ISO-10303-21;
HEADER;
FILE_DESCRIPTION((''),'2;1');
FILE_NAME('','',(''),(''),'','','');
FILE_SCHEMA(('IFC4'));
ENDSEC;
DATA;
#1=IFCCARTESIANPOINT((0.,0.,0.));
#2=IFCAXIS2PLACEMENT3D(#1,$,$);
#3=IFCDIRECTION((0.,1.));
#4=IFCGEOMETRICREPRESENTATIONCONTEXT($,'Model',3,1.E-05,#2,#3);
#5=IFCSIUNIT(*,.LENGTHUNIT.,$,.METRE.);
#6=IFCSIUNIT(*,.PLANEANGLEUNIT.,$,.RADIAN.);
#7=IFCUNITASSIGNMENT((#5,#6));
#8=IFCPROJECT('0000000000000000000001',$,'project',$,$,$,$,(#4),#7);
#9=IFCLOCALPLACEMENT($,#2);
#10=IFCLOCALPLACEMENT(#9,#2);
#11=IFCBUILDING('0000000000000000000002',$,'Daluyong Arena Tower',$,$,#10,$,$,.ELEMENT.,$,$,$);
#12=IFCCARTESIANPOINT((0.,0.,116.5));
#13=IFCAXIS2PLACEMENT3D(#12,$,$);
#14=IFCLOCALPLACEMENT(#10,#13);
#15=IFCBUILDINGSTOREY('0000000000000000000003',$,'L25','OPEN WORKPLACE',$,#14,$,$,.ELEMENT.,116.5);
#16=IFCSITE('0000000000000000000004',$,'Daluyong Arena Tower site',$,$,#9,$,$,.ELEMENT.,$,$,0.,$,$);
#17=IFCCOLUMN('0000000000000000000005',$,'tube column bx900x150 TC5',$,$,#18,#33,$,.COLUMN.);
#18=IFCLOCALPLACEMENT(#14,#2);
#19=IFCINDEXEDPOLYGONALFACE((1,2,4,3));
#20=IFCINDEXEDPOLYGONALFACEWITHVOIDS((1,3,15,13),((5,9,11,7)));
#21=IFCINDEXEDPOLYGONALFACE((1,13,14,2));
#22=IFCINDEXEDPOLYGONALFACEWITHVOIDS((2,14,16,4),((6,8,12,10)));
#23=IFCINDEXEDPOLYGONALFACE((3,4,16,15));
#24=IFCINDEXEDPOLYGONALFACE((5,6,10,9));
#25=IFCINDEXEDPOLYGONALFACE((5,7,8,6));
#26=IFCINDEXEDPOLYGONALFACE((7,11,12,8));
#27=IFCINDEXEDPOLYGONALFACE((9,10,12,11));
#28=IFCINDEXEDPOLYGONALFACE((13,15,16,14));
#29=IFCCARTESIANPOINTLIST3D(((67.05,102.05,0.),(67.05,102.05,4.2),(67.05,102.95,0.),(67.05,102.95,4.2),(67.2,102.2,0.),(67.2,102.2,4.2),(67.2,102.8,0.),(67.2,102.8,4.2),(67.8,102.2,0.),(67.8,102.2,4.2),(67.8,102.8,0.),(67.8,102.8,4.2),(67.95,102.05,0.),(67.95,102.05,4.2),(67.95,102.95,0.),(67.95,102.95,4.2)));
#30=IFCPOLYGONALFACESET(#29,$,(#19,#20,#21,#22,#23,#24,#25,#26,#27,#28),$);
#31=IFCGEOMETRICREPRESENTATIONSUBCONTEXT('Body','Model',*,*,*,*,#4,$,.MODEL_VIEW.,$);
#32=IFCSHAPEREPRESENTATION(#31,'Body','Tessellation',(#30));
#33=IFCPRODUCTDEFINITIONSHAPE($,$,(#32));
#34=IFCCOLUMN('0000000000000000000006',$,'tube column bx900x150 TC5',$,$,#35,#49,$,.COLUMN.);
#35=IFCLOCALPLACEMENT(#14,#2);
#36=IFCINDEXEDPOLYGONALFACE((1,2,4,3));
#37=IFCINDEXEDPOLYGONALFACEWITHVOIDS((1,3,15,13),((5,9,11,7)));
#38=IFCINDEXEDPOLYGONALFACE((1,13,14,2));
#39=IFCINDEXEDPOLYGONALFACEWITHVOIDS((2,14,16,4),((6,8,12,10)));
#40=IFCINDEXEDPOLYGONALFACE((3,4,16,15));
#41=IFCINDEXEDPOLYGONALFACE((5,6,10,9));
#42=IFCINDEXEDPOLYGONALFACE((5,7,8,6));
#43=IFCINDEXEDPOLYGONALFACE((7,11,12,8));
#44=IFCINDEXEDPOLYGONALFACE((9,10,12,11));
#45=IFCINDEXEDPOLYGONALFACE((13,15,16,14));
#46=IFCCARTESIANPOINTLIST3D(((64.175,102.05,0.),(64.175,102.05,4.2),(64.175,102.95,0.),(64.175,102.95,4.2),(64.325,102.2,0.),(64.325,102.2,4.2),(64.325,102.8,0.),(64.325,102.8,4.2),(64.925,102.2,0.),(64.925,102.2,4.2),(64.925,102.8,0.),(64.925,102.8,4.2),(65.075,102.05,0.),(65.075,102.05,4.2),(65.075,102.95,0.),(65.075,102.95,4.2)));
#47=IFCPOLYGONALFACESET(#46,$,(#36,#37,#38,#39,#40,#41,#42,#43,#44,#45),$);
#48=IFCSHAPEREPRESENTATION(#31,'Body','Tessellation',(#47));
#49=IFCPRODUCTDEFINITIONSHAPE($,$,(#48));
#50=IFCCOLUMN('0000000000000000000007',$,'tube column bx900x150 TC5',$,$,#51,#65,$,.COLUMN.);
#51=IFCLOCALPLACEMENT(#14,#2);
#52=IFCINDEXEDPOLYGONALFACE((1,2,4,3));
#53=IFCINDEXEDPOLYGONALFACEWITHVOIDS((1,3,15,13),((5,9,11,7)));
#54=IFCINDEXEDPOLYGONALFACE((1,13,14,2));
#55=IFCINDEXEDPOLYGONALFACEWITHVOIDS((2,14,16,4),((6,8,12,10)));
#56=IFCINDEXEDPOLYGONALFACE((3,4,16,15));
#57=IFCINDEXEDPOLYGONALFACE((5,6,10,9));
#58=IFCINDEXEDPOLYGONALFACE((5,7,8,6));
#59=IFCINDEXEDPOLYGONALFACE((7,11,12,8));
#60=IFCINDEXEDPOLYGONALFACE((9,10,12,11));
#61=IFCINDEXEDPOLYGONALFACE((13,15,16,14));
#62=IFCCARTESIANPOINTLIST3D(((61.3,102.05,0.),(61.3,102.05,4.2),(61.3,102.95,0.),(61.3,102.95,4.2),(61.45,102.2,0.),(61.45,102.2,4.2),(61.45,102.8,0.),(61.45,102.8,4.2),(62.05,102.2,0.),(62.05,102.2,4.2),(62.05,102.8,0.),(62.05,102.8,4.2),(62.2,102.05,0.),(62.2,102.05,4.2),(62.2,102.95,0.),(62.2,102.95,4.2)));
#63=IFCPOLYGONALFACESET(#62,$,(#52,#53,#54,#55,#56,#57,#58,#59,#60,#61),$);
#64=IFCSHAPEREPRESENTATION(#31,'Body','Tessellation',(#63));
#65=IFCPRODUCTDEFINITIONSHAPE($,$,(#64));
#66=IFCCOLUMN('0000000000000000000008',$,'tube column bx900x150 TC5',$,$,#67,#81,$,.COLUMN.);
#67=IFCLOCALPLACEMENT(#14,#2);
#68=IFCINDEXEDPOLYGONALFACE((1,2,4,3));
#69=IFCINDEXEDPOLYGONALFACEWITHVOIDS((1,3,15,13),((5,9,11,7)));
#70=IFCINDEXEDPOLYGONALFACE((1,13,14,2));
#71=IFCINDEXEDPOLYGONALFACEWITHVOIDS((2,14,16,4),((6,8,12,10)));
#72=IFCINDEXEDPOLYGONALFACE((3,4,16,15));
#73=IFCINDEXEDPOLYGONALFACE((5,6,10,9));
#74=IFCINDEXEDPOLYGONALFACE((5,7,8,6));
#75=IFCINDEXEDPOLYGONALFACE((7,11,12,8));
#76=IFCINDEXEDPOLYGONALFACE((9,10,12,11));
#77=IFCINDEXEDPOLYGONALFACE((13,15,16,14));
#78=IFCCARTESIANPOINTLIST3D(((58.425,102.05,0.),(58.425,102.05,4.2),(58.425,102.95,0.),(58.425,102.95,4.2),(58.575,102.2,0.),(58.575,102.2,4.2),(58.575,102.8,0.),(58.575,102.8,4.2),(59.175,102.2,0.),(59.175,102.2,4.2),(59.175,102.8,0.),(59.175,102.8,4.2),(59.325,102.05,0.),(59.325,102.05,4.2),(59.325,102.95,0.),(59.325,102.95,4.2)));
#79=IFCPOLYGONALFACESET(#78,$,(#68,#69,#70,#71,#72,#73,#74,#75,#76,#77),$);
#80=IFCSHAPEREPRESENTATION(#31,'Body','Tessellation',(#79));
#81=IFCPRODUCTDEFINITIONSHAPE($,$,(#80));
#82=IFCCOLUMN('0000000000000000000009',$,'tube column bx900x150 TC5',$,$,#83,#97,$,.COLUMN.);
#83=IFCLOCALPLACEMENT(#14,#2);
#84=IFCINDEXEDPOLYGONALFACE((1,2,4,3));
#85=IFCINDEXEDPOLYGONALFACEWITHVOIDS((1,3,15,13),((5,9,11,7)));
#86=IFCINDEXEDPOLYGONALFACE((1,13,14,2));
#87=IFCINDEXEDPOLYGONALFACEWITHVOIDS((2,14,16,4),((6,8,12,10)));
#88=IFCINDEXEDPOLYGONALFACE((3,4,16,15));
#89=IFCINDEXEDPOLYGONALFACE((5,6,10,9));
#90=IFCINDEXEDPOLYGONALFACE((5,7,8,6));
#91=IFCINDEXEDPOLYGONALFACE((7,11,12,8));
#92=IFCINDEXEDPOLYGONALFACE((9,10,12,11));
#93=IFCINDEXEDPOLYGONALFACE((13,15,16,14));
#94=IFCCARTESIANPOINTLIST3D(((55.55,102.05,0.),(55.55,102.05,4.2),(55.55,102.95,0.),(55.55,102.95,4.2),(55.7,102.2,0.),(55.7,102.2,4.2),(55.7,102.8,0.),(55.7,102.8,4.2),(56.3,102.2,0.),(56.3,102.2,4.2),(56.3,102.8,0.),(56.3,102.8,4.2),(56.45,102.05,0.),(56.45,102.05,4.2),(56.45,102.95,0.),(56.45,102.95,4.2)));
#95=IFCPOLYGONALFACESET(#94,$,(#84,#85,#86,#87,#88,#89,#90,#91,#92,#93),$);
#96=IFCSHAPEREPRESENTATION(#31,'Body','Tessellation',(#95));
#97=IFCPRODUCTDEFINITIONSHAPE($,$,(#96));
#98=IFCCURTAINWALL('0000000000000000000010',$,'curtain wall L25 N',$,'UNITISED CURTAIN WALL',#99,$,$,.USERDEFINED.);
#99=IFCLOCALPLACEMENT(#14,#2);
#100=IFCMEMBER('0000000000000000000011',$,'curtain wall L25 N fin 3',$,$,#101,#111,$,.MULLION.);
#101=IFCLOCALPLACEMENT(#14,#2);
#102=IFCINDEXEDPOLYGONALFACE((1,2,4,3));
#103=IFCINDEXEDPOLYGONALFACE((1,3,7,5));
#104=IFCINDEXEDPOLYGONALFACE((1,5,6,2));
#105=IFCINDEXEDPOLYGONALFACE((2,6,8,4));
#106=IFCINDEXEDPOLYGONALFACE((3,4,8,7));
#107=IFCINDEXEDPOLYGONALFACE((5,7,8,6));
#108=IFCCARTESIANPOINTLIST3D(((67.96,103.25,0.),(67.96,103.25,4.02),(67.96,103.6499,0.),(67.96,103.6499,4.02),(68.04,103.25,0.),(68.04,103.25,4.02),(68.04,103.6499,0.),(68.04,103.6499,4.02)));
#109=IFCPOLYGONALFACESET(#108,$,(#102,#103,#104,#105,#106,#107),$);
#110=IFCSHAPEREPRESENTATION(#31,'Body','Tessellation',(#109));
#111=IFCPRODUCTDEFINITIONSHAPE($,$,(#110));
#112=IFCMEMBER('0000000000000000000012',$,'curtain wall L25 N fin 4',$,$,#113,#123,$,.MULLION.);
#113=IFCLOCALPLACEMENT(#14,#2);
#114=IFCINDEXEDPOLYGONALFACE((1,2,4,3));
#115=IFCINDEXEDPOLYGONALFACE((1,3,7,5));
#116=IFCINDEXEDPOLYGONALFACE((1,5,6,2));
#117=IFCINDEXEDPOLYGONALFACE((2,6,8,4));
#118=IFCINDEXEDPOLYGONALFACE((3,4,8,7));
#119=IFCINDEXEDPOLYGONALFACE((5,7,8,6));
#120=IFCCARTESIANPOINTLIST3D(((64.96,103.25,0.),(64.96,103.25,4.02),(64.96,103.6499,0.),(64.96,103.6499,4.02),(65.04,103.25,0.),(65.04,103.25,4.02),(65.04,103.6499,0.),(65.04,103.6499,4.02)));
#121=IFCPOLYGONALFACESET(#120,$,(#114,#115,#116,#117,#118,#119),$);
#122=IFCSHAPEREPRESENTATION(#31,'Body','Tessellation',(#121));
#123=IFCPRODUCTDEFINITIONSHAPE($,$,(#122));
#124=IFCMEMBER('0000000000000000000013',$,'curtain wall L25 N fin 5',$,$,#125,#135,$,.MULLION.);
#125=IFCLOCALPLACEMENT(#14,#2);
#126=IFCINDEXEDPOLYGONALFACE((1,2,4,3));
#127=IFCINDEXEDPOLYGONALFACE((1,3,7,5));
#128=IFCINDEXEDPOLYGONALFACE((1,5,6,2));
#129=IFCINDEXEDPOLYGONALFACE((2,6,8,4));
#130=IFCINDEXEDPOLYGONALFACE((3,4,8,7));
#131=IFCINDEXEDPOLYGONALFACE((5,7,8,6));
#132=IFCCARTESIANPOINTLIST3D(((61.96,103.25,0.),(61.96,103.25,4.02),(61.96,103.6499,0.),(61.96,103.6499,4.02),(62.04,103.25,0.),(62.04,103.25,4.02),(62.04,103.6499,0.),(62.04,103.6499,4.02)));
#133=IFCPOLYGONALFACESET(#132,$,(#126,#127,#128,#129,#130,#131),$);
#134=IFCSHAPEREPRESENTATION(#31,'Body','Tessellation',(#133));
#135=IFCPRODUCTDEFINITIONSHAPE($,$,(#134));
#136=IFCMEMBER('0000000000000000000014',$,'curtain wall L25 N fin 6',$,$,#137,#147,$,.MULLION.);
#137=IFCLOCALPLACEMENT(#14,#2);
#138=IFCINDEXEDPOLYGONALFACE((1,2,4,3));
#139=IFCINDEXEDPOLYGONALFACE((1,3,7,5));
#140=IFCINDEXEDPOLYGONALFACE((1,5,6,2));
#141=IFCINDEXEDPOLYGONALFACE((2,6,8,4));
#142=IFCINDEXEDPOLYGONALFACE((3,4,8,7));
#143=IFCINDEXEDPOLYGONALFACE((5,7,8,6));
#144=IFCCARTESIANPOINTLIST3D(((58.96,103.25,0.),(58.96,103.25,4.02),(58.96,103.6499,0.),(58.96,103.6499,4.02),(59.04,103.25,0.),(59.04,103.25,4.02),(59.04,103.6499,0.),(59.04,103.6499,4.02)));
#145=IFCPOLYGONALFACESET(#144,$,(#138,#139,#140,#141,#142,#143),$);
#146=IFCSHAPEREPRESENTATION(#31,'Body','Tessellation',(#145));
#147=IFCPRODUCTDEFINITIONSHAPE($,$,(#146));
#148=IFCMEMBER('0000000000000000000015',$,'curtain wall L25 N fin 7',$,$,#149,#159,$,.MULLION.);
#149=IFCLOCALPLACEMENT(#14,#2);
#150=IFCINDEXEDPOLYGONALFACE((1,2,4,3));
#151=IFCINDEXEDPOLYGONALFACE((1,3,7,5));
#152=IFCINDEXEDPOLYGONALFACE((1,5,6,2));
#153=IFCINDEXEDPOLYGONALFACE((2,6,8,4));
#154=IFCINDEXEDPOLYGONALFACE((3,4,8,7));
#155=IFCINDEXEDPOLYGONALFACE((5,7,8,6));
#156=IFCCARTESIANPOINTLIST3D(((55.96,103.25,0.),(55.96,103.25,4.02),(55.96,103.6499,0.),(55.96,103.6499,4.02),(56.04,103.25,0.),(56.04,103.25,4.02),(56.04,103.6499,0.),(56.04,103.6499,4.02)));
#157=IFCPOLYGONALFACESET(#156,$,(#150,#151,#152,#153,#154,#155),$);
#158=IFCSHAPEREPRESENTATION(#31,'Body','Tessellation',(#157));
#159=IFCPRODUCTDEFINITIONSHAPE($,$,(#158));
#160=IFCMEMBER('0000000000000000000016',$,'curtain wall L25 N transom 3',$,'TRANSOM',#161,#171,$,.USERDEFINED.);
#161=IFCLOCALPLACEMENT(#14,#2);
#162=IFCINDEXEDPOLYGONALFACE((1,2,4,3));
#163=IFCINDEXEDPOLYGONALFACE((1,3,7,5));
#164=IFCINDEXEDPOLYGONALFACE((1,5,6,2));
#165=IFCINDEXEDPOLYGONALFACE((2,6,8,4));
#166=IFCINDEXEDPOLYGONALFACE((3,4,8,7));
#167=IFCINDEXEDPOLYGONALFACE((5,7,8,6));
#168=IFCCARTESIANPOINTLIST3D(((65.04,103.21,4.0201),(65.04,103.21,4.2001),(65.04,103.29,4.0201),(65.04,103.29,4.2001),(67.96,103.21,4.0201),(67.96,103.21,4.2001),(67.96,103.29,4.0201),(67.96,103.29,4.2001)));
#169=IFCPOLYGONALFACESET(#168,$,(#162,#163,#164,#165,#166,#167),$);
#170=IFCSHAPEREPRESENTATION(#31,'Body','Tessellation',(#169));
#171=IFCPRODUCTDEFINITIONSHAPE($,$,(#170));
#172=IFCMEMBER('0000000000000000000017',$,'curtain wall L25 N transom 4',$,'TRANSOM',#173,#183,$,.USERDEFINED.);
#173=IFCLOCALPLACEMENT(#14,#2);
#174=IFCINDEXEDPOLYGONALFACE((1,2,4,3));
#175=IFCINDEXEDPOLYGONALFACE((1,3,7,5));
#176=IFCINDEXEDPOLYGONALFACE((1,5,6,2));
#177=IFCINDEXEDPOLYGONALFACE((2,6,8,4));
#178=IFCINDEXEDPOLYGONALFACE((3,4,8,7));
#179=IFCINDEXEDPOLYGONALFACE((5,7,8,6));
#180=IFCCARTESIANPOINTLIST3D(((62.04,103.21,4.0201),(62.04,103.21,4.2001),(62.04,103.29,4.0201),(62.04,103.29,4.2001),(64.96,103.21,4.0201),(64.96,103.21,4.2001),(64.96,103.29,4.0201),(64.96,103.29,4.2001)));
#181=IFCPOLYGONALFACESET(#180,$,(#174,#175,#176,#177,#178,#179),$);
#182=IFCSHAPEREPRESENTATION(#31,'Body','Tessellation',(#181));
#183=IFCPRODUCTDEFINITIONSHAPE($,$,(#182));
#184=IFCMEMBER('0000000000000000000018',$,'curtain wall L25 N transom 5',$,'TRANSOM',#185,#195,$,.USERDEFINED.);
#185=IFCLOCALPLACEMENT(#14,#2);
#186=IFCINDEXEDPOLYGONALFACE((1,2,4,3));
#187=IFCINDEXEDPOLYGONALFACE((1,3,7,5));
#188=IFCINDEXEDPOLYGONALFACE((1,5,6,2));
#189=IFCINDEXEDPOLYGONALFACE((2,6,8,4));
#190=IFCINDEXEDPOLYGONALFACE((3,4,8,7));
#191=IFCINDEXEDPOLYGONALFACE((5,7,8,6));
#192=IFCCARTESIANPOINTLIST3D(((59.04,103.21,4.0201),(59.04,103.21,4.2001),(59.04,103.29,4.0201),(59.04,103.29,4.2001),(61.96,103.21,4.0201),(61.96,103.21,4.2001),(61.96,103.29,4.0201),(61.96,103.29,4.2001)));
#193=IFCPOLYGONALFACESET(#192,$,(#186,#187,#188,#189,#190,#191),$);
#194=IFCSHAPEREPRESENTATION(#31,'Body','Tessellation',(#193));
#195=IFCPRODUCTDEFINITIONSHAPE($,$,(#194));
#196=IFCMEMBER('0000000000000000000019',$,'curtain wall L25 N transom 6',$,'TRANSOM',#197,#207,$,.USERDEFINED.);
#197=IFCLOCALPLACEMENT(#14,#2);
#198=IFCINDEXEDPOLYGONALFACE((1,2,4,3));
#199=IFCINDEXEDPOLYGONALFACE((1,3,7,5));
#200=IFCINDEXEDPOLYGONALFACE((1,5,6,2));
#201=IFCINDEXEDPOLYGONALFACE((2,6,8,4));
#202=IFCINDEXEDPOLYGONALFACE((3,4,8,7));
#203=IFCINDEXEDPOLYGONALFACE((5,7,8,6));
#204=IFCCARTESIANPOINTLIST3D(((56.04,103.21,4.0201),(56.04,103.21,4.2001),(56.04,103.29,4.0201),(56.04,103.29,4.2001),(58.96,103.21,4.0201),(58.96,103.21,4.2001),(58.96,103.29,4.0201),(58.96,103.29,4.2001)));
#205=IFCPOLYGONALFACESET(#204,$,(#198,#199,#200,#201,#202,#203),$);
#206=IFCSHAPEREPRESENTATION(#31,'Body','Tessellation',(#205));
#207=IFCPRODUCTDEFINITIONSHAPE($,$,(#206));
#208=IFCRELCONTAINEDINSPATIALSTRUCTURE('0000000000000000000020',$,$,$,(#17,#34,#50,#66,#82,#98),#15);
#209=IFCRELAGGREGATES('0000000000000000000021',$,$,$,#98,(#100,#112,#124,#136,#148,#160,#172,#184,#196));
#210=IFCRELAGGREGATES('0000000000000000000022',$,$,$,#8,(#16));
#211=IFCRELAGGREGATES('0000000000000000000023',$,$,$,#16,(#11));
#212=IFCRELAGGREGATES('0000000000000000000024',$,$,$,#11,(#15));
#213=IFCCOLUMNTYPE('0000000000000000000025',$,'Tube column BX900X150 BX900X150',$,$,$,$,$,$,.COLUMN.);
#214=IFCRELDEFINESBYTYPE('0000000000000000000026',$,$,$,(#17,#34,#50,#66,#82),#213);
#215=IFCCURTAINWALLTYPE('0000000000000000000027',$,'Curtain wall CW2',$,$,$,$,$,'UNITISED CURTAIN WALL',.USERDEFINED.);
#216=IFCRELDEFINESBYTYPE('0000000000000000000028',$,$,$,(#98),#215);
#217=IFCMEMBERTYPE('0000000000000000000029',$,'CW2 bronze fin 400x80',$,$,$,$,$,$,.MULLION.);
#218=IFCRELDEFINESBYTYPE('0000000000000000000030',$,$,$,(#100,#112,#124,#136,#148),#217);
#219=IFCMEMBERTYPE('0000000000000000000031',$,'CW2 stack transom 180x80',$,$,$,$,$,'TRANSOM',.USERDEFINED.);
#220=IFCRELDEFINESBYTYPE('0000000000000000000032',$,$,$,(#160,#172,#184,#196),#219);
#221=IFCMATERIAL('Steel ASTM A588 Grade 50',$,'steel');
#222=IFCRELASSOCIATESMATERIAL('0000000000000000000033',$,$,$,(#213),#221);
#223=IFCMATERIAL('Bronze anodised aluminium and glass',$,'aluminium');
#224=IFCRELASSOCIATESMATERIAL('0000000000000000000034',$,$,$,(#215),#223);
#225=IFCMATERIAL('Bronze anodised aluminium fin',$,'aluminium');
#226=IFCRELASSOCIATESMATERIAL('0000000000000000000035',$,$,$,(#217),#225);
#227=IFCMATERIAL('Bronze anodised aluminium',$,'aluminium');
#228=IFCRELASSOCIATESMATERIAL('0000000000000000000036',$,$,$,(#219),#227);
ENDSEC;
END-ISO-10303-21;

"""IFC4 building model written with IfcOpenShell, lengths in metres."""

from ifc_helpers import new_model, si_unit, direction, frame, origin, origin_2d, place, context, subcontext, project, spatial, rectangle, hollow_rectangle, extrude, material, material_profile, profile_set, type_object, element, aggregate, save


model = new_model("IFC4")

# Units and contexts
model_context = context("Model", 3, precision=1e-05, world=origin(), true_north=direction((0.0, 1.0)))
body_context = subcontext(model_context, "Body", "Model", "MODEL_VIEW")
ifc_project = project(units=[si_unit("LENGTHUNIT", "METRE"), si_unit("PLANEANGLEUNIT", "RADIAN")], contexts=[model_context])

# Site, building, storey
site_placement = place(None, origin())
site = spatial("IfcSite", under=ifc_project, at=site_placement, Name="Daluyong Arena Tower site", CompositionType="ELEMENT", RefElevation=0.0)
building_placement = place(site_placement, origin())
building = spatial("IfcBuilding", under=site, at=building_placement, Name="Daluyong Arena Tower", CompositionType="ELEMENT")
storey_placement = place(building_placement, frame((0.0, 0.0, 116.5)))
storey = spatial("IfcBuildingStorey", under=building, at=storey_placement, Name="L25", Description="OPEN WORKPLACE", CompositionType="ELEMENT", Elevation=116.5)

# Columns
ifc_material_1 = material(Name="Steel ASTM A588 Grade 50", Category="steel")
ifc_material_profile_1 = material_profile(ifc_material_1, hollow_rectangle(XDim=0.8999, YDim=0.8999, WallThickness=0.15, at=origin_2d()))
ifc_profile_set_1 = profile_set([ifc_material_profile_1], Name="Steel ASTM A588 Grade 50")
column_type = type_object("IfcColumnType", Name="Tube column BX900X150 BX900X150", PredefinedType="COLUMN", material=ifc_profile_set_1)
for number, where, z_axis, x_axis, name in (
    (1, (67.5, 102.5, 0.0), (0.0, 0.0, 1.0), (1.0, 0.0, 0.0), "tube column bx900x150 TC5"),
    (2, (64.625, 102.5, 0.0), (0.0, 0.0, 1.0), (1.0, 0.0, 0.0), "tube column bx900x150 TC5"),
    (3, (61.75, 102.5, 0.0), (0.0, 0.0, 1.0), (1.0, 0.0, 0.0), "tube column bx900x150 TC5"),
    (4, (58.875, 102.5, 0.0), (0.0, 0.0, 1.0), (1.0, 0.0, 0.0), "tube column bx900x150 TC5"),
    (5, (56.0, 102.5, 0.0), (0.0, 0.0, 1.0), (1.0, 0.0, 0.0), "tube column bx900x150 TC5"),
):
    element("IfcColumn", number, at=place(storey_placement, frame(where, z_axis=z_axis, x_axis=x_axis)), inside=storey, type_object=column_type, Name=name, PredefinedType="COLUMN", context=body_context, shape_type="SweptSolid", body=[
        extrude(hollow_rectangle(XDim=0.8999, YDim=0.8999, WallThickness=0.15, at=origin_2d()), origin(), (0.0, 0.0, 1.0), 4.2),
    ])

# Curtain wall, members
ifc_material_2 = material(Name="Bronze anodised aluminium and glass", Category="aluminium")
curtain_wall_type = type_object("IfcCurtainWallType", Name="Curtain wall CW2", ElementType="UNITISED CURTAIN WALL", PredefinedType="USERDEFINED", material=ifc_material_2)
curtain_wall_placement = place(storey_placement, origin())
curtain_wall = element("IfcCurtainWall", 6, at=curtain_wall_placement, inside=storey, type_object=curtain_wall_type, Name="curtain wall L25 N", ObjectType="UNITISED CURTAIN WALL", PredefinedType="USERDEFINED")
ifc_material_3 = material(Name="Bronze anodised aluminium fin", Category="aluminium")
ifc_material_profile_2 = material_profile(ifc_material_3, rectangle(XDim=0.3999, YDim=0.0801, at=origin_2d()))
ifc_profile_set_2 = profile_set([ifc_material_profile_2], Name="Bronze anodised aluminium fin")
member_type_1 = type_object("IfcMemberType", Name="CW2 bronze fin 400x80", PredefinedType="MULLION", material=ifc_profile_set_2)
member_1_placement = place(storey_placement, frame((68.0, 103.45, 0.0), z_axis=(0.0, 0.0, 1.0), x_axis=(0.0, -1.0, 0.0)))
member_1 = element("IfcMember", 7, at=member_1_placement, type_object=member_type_1, Name="curtain wall L25 N fin 3", PredefinedType="MULLION", context=body_context, shape_type="SweptSolid", body=[
    extrude(rectangle(XDim=0.3999, YDim=0.0801, at=origin_2d()), origin(), (0.0, 0.0, 1.0), 4.02),
])
member_2_placement = place(storey_placement, frame((65.0, 103.45, 0.0), z_axis=(0.0, 0.0, 1.0), x_axis=(0.0, -1.0, 0.0)))
member_2 = element("IfcMember", 8, at=member_2_placement, type_object=member_type_1, Name="curtain wall L25 N fin 4", PredefinedType="MULLION", context=body_context, shape_type="SweptSolid", body=[
    extrude(rectangle(XDim=0.3999, YDim=0.0801, at=origin_2d()), origin(), (0.0, 0.0, 1.0), 4.02),
])
member_3_placement = place(storey_placement, frame((62.0, 103.45, 0.0), z_axis=(0.0, 0.0, 1.0), x_axis=(0.0, -1.0, 0.0)))
member_3 = element("IfcMember", 9, at=member_3_placement, type_object=member_type_1, Name="curtain wall L25 N fin 5", PredefinedType="MULLION", context=body_context, shape_type="SweptSolid", body=[
    extrude(rectangle(XDim=0.3999, YDim=0.0801, at=origin_2d()), origin(), (0.0, 0.0, 1.0), 4.02),
])
member_4_placement = place(storey_placement, frame((59.0, 103.45, 0.0), z_axis=(0.0, 0.0, 1.0), x_axis=(0.0, -1.0, 0.0)))
member_4 = element("IfcMember", 10, at=member_4_placement, type_object=member_type_1, Name="curtain wall L25 N fin 6", PredefinedType="MULLION", context=body_context, shape_type="SweptSolid", body=[
    extrude(rectangle(XDim=0.3999, YDim=0.0801, at=origin_2d()), origin(), (0.0, 0.0, 1.0), 4.02),
])
member_5_placement = place(storey_placement, frame((56.0, 103.45, 0.0), z_axis=(0.0, 0.0, 1.0), x_axis=(0.0, -1.0, 0.0)))
member_5 = element("IfcMember", 11, at=member_5_placement, type_object=member_type_1, Name="curtain wall L25 N fin 7", PredefinedType="MULLION", context=body_context, shape_type="SweptSolid", body=[
    extrude(rectangle(XDim=0.3999, YDim=0.0801, at=origin_2d()), origin(), (0.0, 0.0, 1.0), 4.02),
])
ifc_material_4 = material(Name="Bronze anodised aluminium", Category="aluminium")
ifc_material_profile_3 = material_profile(ifc_material_4, rectangle(XDim=0.0801, YDim=0.1799, at=origin_2d()))
ifc_profile_set_3 = profile_set([ifc_material_profile_3], Name="Bronze anodised aluminium")
member_type_2 = type_object("IfcMemberType", Name="CW2 stack transom 180x80", ElementType="TRANSOM", PredefinedType="USERDEFINED", material=ifc_profile_set_3)
member_6_placement = place(storey_placement, frame((67.96, 103.25, 4.1101), z_axis=(-1.0, 0.0, 0.0), x_axis=(0.0, -1.0, 0.0)))
member_6 = element("IfcMember", 12, at=member_6_placement, type_object=member_type_2, Name="curtain wall L25 N transom 3", ObjectType="TRANSOM", PredefinedType="USERDEFINED", context=body_context, shape_type="SweptSolid", body=[
    extrude(rectangle(XDim=0.0801, YDim=0.1799, at=origin_2d()), origin(), (0.0, 0.0, 1.0), 2.9199),
])
member_7_placement = place(storey_placement, frame((64.96, 103.25, 4.1101), z_axis=(-1.0, 0.0, 0.0), x_axis=(0.0, -1.0, 0.0)))
member_7 = element("IfcMember", 13, at=member_7_placement, type_object=member_type_2, Name="curtain wall L25 N transom 4", ObjectType="TRANSOM", PredefinedType="USERDEFINED", context=body_context, shape_type="SweptSolid", body=[
    extrude(rectangle(XDim=0.0801, YDim=0.1799, at=origin_2d()), origin(), (0.0, 0.0, 1.0), 2.9199),
])
member_8_placement = place(storey_placement, frame((61.96, 103.25, 4.1101), z_axis=(-1.0, 0.0, 0.0), x_axis=(0.0, -1.0, 0.0)))
member_8 = element("IfcMember", 14, at=member_8_placement, type_object=member_type_2, Name="curtain wall L25 N transom 5", ObjectType="TRANSOM", PredefinedType="USERDEFINED", context=body_context, shape_type="SweptSolid", body=[
    extrude(rectangle(XDim=0.0801, YDim=0.1799, at=origin_2d()), origin(), (0.0, 0.0, 1.0), 2.9199),
])
member_9_placement = place(storey_placement, frame((58.96, 103.25, 4.1101), z_axis=(-1.0, 0.0, 0.0), x_axis=(0.0, -1.0, 0.0)))
member_9 = element("IfcMember", 15, at=member_9_placement, type_object=member_type_2, Name="curtain wall L25 N transom 6", ObjectType="TRANSOM", PredefinedType="USERDEFINED", context=body_context, shape_type="SweptSolid", body=[
    extrude(rectangle(XDim=0.0801, YDim=0.1799, at=origin_2d()), origin(), (0.0, 0.0, 1.0), 2.9199),
])

aggregate(curtain_wall, [member_1, member_2, member_3, member_4, member_5, member_6, member_7, member_8, member_9])

save(model, "model.ifc")
